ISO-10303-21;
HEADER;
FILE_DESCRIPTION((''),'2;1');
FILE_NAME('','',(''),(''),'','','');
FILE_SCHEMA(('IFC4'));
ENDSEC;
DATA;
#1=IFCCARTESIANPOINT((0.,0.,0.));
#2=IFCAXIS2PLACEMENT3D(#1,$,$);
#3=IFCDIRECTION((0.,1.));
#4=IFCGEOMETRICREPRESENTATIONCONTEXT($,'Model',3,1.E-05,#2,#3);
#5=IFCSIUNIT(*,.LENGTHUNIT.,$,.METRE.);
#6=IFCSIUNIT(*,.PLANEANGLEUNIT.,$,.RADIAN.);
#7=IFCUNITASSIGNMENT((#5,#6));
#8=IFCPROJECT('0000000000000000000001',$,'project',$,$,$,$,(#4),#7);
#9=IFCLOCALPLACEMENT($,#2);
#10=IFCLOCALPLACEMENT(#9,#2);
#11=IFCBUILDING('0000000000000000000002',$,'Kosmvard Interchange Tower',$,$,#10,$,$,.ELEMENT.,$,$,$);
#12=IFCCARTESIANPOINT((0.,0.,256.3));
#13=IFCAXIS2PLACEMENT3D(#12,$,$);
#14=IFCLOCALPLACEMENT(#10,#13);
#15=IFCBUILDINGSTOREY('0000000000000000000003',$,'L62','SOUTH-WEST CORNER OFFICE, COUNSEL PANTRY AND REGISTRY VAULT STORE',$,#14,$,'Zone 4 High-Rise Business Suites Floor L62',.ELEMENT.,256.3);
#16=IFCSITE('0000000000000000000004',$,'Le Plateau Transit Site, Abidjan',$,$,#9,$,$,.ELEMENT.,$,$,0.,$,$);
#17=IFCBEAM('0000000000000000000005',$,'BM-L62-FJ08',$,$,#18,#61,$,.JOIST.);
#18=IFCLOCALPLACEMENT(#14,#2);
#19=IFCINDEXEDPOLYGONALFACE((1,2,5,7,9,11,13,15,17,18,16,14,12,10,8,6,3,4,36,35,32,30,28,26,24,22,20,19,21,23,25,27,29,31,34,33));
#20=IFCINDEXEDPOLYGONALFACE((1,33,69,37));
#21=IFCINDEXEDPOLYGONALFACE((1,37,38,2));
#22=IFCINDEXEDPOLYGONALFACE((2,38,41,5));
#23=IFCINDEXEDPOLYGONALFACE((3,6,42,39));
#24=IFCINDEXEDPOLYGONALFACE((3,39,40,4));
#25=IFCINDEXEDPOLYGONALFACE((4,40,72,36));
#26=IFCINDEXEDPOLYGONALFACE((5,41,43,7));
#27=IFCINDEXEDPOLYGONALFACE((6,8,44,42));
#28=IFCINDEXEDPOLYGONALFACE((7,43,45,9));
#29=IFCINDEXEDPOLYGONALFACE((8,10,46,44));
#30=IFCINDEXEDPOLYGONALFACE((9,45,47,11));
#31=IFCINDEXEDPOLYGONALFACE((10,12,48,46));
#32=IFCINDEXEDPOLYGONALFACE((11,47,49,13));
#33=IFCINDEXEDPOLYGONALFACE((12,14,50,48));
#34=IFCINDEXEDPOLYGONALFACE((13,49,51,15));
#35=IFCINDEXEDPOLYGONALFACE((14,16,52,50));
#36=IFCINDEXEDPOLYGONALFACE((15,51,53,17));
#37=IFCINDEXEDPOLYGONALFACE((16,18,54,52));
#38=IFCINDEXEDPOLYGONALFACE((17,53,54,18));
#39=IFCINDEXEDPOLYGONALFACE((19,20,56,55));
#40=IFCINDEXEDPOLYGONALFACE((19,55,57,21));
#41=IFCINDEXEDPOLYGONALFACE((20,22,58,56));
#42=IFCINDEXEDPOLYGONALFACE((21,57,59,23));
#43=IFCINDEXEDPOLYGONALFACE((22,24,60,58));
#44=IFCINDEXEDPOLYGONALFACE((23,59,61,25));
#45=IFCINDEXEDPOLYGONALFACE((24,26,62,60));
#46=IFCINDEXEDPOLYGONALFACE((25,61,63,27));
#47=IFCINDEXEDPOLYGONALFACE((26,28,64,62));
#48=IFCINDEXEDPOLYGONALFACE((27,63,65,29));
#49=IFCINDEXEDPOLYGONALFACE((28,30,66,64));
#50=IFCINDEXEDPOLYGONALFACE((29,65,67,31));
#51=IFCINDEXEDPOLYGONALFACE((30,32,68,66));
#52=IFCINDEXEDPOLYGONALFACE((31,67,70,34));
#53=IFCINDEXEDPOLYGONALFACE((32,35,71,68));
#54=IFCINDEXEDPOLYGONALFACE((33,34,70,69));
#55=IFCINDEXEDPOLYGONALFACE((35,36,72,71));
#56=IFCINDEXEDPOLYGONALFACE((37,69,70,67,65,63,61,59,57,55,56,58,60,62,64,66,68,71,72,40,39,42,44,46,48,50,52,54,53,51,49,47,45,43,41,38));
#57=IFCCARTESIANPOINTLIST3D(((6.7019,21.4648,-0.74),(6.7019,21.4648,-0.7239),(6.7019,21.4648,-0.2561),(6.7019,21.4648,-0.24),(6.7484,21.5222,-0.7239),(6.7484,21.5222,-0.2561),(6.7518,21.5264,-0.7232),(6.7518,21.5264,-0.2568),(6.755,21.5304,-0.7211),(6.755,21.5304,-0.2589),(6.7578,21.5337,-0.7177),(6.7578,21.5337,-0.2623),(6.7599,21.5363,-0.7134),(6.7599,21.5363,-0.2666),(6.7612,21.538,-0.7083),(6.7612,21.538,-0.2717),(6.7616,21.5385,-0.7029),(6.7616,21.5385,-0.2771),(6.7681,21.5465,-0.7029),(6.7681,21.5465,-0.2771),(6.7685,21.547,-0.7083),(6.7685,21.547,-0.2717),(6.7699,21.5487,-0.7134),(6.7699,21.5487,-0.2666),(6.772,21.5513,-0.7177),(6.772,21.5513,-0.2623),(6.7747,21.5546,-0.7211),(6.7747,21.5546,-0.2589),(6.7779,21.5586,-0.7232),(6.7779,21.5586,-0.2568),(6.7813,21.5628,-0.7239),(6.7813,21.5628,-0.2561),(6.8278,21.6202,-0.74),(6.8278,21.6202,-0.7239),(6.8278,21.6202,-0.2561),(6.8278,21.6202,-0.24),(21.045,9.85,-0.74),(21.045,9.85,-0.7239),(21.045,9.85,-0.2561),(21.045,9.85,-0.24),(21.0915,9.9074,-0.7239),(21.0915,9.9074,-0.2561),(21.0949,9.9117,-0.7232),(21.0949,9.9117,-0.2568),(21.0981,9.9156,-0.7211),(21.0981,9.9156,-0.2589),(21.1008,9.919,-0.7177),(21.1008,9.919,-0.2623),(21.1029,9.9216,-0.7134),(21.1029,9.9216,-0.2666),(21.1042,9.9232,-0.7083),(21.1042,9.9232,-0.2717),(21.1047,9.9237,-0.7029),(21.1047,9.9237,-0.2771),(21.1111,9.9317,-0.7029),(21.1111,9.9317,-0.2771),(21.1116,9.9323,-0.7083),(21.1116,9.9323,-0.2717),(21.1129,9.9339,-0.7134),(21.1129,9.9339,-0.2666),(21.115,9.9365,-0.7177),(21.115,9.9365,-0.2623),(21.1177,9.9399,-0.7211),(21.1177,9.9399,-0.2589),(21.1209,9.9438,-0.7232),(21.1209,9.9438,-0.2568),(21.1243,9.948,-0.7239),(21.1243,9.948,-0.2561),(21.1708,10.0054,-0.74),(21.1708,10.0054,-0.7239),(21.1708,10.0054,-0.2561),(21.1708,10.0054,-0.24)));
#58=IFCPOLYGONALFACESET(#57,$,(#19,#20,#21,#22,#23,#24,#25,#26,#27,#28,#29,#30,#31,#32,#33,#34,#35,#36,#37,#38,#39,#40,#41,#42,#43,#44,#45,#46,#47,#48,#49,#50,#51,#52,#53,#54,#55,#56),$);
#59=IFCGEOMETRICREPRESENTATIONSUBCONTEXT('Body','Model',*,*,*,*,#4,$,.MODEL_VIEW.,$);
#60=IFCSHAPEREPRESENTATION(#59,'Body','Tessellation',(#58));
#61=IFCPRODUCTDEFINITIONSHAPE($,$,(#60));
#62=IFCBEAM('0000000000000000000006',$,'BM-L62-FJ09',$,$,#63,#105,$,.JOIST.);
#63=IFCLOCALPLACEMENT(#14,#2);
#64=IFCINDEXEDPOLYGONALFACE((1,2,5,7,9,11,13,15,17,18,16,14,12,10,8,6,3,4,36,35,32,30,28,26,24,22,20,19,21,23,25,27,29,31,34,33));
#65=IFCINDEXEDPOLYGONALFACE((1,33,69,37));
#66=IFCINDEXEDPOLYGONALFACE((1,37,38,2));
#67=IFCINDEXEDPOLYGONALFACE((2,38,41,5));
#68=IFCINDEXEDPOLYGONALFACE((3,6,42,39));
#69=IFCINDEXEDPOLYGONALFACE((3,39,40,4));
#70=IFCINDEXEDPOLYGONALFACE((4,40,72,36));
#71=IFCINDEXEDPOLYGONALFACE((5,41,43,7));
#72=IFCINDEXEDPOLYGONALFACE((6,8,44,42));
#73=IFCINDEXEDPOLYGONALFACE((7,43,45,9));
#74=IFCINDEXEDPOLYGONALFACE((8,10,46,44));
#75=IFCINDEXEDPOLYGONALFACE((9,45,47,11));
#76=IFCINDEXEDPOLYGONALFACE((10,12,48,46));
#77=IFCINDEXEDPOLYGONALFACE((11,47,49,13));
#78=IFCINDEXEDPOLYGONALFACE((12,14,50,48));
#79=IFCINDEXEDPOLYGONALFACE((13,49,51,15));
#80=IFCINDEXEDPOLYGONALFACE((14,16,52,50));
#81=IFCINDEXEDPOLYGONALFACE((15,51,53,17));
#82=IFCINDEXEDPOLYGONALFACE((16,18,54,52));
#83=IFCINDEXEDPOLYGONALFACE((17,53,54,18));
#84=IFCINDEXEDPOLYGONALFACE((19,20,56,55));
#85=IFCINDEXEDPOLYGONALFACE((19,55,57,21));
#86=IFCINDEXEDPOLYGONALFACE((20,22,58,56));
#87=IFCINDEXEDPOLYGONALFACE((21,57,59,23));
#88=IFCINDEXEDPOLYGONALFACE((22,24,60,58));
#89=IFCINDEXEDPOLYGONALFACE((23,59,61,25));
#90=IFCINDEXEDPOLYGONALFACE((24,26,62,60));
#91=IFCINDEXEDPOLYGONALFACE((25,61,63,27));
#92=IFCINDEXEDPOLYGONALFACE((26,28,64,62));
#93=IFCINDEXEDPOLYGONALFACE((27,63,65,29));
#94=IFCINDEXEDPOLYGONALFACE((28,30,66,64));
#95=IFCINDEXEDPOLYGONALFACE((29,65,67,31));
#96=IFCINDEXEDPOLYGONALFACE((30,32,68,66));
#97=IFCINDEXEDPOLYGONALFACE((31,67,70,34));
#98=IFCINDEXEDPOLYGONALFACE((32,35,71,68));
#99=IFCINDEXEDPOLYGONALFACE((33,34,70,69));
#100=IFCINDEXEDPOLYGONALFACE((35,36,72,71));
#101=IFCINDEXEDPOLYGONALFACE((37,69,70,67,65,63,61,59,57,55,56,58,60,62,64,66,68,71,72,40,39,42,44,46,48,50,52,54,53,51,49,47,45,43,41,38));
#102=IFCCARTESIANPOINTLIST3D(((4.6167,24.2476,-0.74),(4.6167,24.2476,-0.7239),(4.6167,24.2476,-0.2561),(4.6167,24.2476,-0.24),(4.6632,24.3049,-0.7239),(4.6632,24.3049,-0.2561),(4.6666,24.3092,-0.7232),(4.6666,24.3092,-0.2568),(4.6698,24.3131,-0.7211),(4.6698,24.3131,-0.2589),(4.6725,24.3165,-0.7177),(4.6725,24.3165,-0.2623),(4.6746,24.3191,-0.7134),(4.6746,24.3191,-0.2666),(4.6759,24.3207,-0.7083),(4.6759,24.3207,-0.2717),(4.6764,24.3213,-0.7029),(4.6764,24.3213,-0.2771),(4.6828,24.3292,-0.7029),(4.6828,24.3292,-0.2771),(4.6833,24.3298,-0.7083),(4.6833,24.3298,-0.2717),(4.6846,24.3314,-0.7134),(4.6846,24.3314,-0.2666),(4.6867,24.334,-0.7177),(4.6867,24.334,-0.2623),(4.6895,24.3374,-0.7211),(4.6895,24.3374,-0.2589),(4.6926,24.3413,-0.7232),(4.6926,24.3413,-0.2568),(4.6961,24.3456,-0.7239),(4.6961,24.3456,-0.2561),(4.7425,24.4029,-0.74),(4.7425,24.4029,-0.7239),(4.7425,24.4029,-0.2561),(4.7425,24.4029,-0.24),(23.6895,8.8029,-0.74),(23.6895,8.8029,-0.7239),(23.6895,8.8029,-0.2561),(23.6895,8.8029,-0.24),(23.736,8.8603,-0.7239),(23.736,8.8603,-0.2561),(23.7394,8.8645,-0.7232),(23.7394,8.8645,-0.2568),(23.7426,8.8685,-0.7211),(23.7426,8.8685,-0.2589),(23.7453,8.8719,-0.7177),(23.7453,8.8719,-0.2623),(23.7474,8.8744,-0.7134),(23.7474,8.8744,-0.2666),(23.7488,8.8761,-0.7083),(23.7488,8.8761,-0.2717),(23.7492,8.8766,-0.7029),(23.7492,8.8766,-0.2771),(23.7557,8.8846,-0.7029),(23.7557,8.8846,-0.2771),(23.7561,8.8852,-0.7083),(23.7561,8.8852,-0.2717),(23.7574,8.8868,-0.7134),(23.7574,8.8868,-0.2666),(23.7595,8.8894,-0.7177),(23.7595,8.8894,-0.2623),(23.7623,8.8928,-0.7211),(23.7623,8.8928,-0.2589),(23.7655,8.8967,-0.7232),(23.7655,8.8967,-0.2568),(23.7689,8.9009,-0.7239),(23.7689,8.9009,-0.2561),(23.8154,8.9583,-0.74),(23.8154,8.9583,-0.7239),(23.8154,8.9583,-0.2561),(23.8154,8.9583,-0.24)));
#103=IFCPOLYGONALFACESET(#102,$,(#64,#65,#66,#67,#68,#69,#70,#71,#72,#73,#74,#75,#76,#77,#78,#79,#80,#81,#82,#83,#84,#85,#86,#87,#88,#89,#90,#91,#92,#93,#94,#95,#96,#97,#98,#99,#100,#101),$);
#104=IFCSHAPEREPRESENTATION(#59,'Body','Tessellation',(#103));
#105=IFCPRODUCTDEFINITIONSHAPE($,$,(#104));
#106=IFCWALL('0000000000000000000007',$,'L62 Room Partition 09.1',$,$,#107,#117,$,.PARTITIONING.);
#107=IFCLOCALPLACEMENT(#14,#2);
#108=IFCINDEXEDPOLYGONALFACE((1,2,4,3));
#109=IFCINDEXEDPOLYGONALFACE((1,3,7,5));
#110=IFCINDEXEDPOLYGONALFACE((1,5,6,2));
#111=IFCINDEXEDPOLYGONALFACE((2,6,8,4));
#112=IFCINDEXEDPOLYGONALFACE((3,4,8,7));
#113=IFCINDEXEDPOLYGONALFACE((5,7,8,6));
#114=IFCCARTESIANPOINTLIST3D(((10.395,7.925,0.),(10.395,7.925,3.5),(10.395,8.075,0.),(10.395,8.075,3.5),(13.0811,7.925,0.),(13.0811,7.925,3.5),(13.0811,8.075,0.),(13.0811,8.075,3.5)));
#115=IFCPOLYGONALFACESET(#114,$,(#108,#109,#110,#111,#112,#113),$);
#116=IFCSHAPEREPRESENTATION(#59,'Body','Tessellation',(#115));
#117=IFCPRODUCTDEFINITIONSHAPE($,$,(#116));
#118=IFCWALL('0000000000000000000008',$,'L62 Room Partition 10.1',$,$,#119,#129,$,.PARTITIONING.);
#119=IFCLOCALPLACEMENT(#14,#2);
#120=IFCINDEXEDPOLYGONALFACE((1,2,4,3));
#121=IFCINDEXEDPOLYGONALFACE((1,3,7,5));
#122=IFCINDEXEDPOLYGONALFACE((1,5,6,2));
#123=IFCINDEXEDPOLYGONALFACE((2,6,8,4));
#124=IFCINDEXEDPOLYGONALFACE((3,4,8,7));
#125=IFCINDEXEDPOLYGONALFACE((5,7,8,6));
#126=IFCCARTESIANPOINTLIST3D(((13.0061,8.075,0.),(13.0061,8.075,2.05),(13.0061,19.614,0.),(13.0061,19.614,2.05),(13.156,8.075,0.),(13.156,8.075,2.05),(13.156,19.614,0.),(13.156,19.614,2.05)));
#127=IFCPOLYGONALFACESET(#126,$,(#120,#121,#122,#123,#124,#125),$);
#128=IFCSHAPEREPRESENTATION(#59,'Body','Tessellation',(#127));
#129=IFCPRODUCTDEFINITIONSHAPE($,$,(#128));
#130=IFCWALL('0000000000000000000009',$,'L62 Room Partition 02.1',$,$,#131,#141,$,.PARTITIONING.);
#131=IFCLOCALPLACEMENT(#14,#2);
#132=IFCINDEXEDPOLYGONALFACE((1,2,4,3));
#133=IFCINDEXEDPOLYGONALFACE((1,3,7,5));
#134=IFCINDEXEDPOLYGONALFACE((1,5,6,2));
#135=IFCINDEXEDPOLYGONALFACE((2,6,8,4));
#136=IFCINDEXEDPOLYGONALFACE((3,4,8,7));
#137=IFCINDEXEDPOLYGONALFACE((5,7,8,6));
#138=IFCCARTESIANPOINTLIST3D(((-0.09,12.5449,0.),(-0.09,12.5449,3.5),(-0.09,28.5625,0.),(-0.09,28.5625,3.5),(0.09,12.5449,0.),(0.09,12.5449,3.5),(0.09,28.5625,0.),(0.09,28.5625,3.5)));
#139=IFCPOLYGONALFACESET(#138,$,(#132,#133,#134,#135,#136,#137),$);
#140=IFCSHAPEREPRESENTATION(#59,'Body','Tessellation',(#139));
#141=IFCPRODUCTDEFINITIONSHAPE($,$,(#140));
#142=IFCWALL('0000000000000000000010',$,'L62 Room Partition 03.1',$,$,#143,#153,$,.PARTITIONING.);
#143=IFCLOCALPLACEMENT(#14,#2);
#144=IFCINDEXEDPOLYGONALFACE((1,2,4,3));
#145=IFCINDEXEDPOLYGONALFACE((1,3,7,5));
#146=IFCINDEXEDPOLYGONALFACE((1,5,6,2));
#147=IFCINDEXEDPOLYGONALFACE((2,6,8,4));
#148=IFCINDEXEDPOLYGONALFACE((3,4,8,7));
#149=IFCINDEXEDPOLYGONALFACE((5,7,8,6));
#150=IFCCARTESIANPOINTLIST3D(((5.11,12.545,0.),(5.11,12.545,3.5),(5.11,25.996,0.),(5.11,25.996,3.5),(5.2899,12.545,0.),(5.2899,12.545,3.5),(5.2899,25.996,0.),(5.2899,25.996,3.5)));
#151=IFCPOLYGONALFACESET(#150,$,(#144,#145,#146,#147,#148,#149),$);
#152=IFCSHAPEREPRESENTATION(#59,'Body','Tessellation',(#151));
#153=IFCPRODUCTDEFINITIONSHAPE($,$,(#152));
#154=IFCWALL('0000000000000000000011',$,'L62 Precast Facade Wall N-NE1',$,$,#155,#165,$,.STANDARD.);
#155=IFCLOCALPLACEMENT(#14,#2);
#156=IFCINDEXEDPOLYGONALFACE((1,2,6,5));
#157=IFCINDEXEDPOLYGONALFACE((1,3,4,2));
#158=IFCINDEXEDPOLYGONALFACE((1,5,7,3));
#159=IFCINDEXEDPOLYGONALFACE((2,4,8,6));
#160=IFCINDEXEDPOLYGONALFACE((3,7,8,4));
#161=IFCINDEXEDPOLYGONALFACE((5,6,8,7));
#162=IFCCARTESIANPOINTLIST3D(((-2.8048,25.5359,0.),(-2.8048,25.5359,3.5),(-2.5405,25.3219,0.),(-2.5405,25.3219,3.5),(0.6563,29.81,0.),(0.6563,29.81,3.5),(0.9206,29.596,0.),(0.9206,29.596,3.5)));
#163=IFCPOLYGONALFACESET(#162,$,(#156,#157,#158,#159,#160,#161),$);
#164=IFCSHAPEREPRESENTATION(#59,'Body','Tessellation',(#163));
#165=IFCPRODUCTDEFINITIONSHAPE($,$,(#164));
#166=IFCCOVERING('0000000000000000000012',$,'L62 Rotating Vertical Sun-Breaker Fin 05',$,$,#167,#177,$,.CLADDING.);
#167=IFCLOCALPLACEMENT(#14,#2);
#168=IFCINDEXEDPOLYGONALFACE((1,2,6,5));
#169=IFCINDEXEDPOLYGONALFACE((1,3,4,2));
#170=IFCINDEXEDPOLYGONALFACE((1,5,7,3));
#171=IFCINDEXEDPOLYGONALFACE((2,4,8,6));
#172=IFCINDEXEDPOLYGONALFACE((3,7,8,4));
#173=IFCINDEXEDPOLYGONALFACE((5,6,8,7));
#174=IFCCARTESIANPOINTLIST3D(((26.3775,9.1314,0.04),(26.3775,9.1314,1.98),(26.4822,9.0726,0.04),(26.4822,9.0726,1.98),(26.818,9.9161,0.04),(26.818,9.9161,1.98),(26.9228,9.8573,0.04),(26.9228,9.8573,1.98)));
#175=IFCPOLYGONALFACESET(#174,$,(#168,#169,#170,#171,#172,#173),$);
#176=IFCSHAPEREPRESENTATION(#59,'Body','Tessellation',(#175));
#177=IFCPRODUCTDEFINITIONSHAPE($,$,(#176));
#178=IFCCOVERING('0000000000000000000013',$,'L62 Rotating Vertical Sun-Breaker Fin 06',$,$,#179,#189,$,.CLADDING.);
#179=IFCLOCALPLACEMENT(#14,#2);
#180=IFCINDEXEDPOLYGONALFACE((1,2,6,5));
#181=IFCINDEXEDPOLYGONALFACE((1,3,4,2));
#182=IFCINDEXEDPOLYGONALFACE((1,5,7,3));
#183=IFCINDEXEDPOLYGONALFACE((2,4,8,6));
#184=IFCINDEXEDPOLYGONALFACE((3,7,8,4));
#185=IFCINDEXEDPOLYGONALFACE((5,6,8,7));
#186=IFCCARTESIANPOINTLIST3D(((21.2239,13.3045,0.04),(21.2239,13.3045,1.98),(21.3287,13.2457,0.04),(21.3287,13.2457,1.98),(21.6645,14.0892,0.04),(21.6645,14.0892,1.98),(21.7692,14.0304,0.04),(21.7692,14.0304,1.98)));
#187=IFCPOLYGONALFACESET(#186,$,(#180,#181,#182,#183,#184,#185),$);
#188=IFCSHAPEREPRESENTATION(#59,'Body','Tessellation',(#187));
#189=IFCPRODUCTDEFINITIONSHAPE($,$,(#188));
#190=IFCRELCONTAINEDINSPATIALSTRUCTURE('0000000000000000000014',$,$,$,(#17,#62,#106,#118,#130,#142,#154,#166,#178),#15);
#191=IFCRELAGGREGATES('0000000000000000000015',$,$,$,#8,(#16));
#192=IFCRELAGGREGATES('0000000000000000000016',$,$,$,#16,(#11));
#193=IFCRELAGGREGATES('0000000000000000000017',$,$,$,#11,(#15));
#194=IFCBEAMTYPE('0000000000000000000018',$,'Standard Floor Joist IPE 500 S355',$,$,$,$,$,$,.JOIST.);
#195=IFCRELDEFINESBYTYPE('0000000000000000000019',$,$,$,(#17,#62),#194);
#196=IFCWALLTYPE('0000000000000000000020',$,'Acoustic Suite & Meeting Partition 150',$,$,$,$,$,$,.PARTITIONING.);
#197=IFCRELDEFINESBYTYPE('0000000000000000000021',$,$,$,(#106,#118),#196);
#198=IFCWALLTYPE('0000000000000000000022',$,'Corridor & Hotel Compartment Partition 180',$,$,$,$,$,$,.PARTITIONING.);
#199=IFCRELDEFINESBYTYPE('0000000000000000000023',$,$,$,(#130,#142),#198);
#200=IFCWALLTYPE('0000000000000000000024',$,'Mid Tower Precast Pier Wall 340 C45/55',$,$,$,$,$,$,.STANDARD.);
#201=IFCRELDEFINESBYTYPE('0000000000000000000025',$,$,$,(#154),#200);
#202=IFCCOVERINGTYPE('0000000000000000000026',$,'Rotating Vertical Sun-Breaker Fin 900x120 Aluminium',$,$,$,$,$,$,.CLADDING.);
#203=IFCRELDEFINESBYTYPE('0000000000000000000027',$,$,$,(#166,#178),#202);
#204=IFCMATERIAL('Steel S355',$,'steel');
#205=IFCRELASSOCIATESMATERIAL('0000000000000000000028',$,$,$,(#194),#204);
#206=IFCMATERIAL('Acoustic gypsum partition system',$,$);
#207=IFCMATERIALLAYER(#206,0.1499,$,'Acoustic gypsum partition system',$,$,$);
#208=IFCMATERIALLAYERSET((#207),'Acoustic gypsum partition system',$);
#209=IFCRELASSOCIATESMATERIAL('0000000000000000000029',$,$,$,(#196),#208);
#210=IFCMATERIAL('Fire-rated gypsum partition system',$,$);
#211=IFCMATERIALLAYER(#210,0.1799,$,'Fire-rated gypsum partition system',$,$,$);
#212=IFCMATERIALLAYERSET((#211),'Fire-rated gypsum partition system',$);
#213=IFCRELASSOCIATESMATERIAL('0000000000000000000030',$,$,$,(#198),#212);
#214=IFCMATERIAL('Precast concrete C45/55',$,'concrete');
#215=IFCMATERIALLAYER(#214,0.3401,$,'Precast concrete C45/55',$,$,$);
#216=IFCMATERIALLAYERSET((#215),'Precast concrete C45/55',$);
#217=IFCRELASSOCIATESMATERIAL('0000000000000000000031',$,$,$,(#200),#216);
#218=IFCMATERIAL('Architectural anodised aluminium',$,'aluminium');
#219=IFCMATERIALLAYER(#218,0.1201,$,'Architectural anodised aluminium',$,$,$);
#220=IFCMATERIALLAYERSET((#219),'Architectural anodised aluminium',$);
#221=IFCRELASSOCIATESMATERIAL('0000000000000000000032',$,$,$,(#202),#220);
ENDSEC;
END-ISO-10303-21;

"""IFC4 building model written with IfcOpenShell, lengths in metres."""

from ifc_helpers import new_model, si_unit, direction, frame, frame_2d, origin, origin_2d, place, context, subcontext, project, spatial, rectangle, i_section, extrude, source, transform, mapped, material, layer, layer_set, material_profile, profile_set, type_object, element, save


model = new_model("IFC4")

# Units and contexts
model_context = context("Model", 3, precision=1e-05, world=origin(), true_north=direction((0.0, 1.0)))
body_context = subcontext(model_context, "Body", "Model", "MODEL_VIEW")
ifc_project = project(units=[si_unit("LENGTHUNIT", "METRE"), si_unit("PLANEANGLEUNIT", "RADIAN")], contexts=[model_context])

# Site, building, storey
site_placement = place(None, origin())
site = spatial("IfcSite", under=ifc_project, at=site_placement, Name="Le Plateau Transit Site, Abidjan", CompositionType="ELEMENT", RefElevation=0.0)
building_placement = place(site_placement, origin())
building = spatial("IfcBuilding", under=site, at=building_placement, Name="Kosmvard Interchange Tower", CompositionType="ELEMENT")
storey_placement = place(building_placement, frame((0.0, 0.0, 256.3)))
storey = spatial("IfcBuildingStorey", under=building, at=storey_placement, Name="L62", Description="SOUTH-WEST CORNER OFFICE, COUNSEL PANTRY AND REGISTRY VAULT STORE", LongName="Zone 4 High-Rise Business Suites Floor L62", CompositionType="ELEMENT", Elevation=256.3)

# Beams
ifc_material_1 = material(Name="Steel S355", Category="steel")
ifc_material_2 = material(Name="Precast concrete C45/55", Category="concrete")
ifc_material_profile_1 = material_profile(ifc_material_1, i_section(OverallWidth=0.2, OverallDepth=0.5, WebThickness=0.0103, FlangeThickness=0.0161, FilletRadius=0.021, at=origin_2d()), Name="IPE 500")
ifc_profile_set_1 = profile_set([ifc_material_profile_1], Name="Steel S355")
beam_type_1 = type_object("IfcBeamType", Name="Standard Floor Joist IPE 500 S355", PredefinedType="JOIST", material=ifc_profile_set_1)
shared_shape_1 = source(origin(), body_context, "Body", "SweptSolid", [
    extrude(i_section(OverallWidth=0.2, OverallDepth=0.5, WebThickness=0.0103, FlangeThickness=0.0161, FilletRadius=0.021, at=origin_2d()), origin(), (0.0, 0.0, 1.0), 18.4561),
])
beam_1_placement = place(storey_placement, frame((21.1079, 9.9277, -0.49), z_axis=(-0.777146, 0.62932, 0.0), x_axis=(-0.62932, -0.777146, 0.0)))
element("IfcBeam", 1, at=beam_1_placement, inside=storey, type_object=beam_type_1, Name="BM-L62-FJ08", PredefinedType="JOIST", context=body_context, shape_type="MappedRepresentation", body=[
    mapped(shared_shape_1, transform((0.0, 0.0, 0.0), scale=1.0)),
])
shared_shape_2 = source(origin(), body_context, "Body", "SweptSolid", [
    extrude(i_section(OverallWidth=0.2, OverallDepth=0.5, WebThickness=0.0103, FlangeThickness=0.0161, FilletRadius=0.021, at=origin_2d()), origin(), (0.0, 0.0, 1.0), 24.542),
])
beam_2_placement = place(storey_placement, frame((23.7524, 8.8806, -0.49), z_axis=(-0.777151, 0.629315, 0.0), x_axis=(-0.629315, -0.777151, 0.0)))
element("IfcBeam", 2, at=beam_2_placement, inside=storey, type_object=beam_type_1, Name="BM-L62-FJ09", PredefinedType="JOIST", context=body_context, shape_type="MappedRepresentation", body=[
    mapped(shared_shape_2, transform((0.0, 0.0, 0.0), scale=1.0)),
])

# Walls
ifc_material_3 = material(Name="Acoustic gypsum partition system")
ifc_layer_1 = layer(ifc_material_3, 0.1499, Name="Acoustic gypsum partition system")
ifc_layer_set_1 = layer_set([ifc_layer_1], Name="Acoustic gypsum partition system")
wall_type_1 = type_object("IfcWallType", Name="Acoustic Suite & Meeting Partition 150", PredefinedType="PARTITIONING", material=ifc_layer_set_1)
wall_1_placement = place(storey_placement, frame((10.395, 8.0, 0.0), z_axis=(0.0, 0.0, 1.0), x_axis=(1.0, 0.0, 0.0)))
element("IfcWall", 3, at=wall_1_placement, inside=storey, type_object=wall_type_1, Name="L62 Room Partition 09.1", PredefinedType="PARTITIONING", context=body_context, shape_type="SweptSolid", body=[
    extrude(rectangle(XDim=2.686, YDim=0.1499, at=frame_2d((1.343, 0.0))), origin(), (0.0, 0.0, 1.0), 3.5),
])
wall_2_placement = place(storey_placement, frame((13.0811, 8.075, 0.0), z_axis=(0.0, 0.0, 1.0), x_axis=(0.0, 1.0, 0.0)))
element("IfcWall", 4, at=wall_2_placement, inside=storey, type_object=wall_type_1, Name="L62 Room Partition 10.1", PredefinedType="PARTITIONING", context=body_context, shape_type="SweptSolid", body=[
    extrude(rectangle(XDim=11.5391, YDim=0.1499, at=frame_2d((5.7695, 0.0))), origin(), (0.0, 0.0, 1.0), 2.05),
])
ifc_material_4 = material(Name="Fire-rated gypsum partition system")
ifc_layer_2 = layer(ifc_material_4, 0.1799, Name="Fire-rated gypsum partition system")
ifc_layer_set_2 = layer_set([ifc_layer_2], Name="Fire-rated gypsum partition system")
wall_type_2 = type_object("IfcWallType", Name="Corridor & Hotel Compartment Partition 180", PredefinedType="PARTITIONING", material=ifc_layer_set_2)
wall_3_placement = place(storey_placement, frame((0.0, 12.5449, 0.0), z_axis=(0.0, 0.0, 1.0), x_axis=(0.0, 1.0, 0.0)))
element("IfcWall", 5, at=wall_3_placement, inside=storey, type_object=wall_type_2, Name="L62 Room Partition 02.1", PredefinedType="PARTITIONING", context=body_context, shape_type="SweptSolid", body=[
    extrude(rectangle(XDim=16.0176, YDim=0.1799, at=frame_2d((8.0088, 0.0))), origin(), (0.0, 0.0, 1.0), 3.5),
])
wall_4_placement = place(storey_placement, frame((5.2, 12.5449, 0.0), z_axis=(0.0, 0.0, 1.0), x_axis=(0.0, 1.0, 0.0)))
element("IfcWall", 6, at=wall_4_placement, inside=storey, type_object=wall_type_2, Name="L62 Room Partition 03.1", PredefinedType="PARTITIONING", context=body_context, shape_type="SweptSolid", body=[
    extrude(rectangle(XDim=13.4509, YDim=0.1799, at=frame_2d((6.7256, 0.0))), origin(), (0.0, 0.0, 1.0), 3.5),
])
ifc_layer_3 = layer(ifc_material_2, 0.3401, Name="Precast concrete C45/55")
ifc_layer_set_3 = layer_set([ifc_layer_3], Name="Precast concrete C45/55")
wall_type_3 = type_object("IfcWallType", Name="Mid Tower Precast Pier Wall 340 C45/55", PredefinedType="STANDARD", material=ifc_layer_set_3)
wall_5_placement = place(storey_placement, frame((0.7886, 29.7031, 0.0), z_axis=(0.0, 0.0, 1.0), x_axis=(-0.629323, -0.777144, 0.0)))
element("IfcWall", 7, at=wall_5_placement, inside=storey, type_object=wall_type_3, Name="L62 Precast Facade Wall N-NE1", PredefinedType="STANDARD", context=body_context, shape_type="SweptSolid", body=[
    extrude(rectangle(XDim=5.4998, YDim=0.3401, at=frame_2d((2.75, 0.0))), origin(), (0.0, 0.0, 1.0), 3.5),
])

# Coverings
ifc_material_5 = material(Name="Architectural anodised aluminium", Category="aluminium")
ifc_layer_4 = layer(ifc_material_5, 0.1201, Name="Architectural anodised aluminium")
ifc_layer_set_4 = layer_set([ifc_layer_4], Name="Architectural anodised aluminium")
covering_type = type_object("IfcCoveringType", Name="Rotating Vertical Sun-Breaker Fin 900x120 Aluminium", PredefinedType="CLADDING", material=ifc_layer_set_4)
shared_shape_3 = source(origin(), body_context, "Body", "SweptSolid", [
    extrude(rectangle(XDim=0.8999, YDim=0.1201, at=origin_2d()), origin(), (0.0, 0.0, 1.0), 1.9399),
])
for number, where, z_axis, x_axis, name in (
    (8, (26.6501, 9.4944, 0.04), (0.0, 0.0, 1.0), (0.489535, 0.871984, 0.0), "L62 Rotating Vertical Sun-Breaker Fin 05"),
    (9, (21.4966, 13.6675, 0.04), (0.0, 0.0, 1.0), (0.489535, 0.871984, 0.0), "L62 Rotating Vertical Sun-Breaker Fin 06"),
):
    element("IfcCovering", number, at=place(storey_placement, frame(where, z_axis=z_axis, x_axis=x_axis)), inside=storey, type_object=covering_type, Name=name, PredefinedType="CLADDING", context=body_context, shape_type="MappedRepresentation", body=[
        mapped(shared_shape_3, transform((0.0, 0.0, 0.0), scale=1.0)),
    ])

save(model, "model.ifc")
